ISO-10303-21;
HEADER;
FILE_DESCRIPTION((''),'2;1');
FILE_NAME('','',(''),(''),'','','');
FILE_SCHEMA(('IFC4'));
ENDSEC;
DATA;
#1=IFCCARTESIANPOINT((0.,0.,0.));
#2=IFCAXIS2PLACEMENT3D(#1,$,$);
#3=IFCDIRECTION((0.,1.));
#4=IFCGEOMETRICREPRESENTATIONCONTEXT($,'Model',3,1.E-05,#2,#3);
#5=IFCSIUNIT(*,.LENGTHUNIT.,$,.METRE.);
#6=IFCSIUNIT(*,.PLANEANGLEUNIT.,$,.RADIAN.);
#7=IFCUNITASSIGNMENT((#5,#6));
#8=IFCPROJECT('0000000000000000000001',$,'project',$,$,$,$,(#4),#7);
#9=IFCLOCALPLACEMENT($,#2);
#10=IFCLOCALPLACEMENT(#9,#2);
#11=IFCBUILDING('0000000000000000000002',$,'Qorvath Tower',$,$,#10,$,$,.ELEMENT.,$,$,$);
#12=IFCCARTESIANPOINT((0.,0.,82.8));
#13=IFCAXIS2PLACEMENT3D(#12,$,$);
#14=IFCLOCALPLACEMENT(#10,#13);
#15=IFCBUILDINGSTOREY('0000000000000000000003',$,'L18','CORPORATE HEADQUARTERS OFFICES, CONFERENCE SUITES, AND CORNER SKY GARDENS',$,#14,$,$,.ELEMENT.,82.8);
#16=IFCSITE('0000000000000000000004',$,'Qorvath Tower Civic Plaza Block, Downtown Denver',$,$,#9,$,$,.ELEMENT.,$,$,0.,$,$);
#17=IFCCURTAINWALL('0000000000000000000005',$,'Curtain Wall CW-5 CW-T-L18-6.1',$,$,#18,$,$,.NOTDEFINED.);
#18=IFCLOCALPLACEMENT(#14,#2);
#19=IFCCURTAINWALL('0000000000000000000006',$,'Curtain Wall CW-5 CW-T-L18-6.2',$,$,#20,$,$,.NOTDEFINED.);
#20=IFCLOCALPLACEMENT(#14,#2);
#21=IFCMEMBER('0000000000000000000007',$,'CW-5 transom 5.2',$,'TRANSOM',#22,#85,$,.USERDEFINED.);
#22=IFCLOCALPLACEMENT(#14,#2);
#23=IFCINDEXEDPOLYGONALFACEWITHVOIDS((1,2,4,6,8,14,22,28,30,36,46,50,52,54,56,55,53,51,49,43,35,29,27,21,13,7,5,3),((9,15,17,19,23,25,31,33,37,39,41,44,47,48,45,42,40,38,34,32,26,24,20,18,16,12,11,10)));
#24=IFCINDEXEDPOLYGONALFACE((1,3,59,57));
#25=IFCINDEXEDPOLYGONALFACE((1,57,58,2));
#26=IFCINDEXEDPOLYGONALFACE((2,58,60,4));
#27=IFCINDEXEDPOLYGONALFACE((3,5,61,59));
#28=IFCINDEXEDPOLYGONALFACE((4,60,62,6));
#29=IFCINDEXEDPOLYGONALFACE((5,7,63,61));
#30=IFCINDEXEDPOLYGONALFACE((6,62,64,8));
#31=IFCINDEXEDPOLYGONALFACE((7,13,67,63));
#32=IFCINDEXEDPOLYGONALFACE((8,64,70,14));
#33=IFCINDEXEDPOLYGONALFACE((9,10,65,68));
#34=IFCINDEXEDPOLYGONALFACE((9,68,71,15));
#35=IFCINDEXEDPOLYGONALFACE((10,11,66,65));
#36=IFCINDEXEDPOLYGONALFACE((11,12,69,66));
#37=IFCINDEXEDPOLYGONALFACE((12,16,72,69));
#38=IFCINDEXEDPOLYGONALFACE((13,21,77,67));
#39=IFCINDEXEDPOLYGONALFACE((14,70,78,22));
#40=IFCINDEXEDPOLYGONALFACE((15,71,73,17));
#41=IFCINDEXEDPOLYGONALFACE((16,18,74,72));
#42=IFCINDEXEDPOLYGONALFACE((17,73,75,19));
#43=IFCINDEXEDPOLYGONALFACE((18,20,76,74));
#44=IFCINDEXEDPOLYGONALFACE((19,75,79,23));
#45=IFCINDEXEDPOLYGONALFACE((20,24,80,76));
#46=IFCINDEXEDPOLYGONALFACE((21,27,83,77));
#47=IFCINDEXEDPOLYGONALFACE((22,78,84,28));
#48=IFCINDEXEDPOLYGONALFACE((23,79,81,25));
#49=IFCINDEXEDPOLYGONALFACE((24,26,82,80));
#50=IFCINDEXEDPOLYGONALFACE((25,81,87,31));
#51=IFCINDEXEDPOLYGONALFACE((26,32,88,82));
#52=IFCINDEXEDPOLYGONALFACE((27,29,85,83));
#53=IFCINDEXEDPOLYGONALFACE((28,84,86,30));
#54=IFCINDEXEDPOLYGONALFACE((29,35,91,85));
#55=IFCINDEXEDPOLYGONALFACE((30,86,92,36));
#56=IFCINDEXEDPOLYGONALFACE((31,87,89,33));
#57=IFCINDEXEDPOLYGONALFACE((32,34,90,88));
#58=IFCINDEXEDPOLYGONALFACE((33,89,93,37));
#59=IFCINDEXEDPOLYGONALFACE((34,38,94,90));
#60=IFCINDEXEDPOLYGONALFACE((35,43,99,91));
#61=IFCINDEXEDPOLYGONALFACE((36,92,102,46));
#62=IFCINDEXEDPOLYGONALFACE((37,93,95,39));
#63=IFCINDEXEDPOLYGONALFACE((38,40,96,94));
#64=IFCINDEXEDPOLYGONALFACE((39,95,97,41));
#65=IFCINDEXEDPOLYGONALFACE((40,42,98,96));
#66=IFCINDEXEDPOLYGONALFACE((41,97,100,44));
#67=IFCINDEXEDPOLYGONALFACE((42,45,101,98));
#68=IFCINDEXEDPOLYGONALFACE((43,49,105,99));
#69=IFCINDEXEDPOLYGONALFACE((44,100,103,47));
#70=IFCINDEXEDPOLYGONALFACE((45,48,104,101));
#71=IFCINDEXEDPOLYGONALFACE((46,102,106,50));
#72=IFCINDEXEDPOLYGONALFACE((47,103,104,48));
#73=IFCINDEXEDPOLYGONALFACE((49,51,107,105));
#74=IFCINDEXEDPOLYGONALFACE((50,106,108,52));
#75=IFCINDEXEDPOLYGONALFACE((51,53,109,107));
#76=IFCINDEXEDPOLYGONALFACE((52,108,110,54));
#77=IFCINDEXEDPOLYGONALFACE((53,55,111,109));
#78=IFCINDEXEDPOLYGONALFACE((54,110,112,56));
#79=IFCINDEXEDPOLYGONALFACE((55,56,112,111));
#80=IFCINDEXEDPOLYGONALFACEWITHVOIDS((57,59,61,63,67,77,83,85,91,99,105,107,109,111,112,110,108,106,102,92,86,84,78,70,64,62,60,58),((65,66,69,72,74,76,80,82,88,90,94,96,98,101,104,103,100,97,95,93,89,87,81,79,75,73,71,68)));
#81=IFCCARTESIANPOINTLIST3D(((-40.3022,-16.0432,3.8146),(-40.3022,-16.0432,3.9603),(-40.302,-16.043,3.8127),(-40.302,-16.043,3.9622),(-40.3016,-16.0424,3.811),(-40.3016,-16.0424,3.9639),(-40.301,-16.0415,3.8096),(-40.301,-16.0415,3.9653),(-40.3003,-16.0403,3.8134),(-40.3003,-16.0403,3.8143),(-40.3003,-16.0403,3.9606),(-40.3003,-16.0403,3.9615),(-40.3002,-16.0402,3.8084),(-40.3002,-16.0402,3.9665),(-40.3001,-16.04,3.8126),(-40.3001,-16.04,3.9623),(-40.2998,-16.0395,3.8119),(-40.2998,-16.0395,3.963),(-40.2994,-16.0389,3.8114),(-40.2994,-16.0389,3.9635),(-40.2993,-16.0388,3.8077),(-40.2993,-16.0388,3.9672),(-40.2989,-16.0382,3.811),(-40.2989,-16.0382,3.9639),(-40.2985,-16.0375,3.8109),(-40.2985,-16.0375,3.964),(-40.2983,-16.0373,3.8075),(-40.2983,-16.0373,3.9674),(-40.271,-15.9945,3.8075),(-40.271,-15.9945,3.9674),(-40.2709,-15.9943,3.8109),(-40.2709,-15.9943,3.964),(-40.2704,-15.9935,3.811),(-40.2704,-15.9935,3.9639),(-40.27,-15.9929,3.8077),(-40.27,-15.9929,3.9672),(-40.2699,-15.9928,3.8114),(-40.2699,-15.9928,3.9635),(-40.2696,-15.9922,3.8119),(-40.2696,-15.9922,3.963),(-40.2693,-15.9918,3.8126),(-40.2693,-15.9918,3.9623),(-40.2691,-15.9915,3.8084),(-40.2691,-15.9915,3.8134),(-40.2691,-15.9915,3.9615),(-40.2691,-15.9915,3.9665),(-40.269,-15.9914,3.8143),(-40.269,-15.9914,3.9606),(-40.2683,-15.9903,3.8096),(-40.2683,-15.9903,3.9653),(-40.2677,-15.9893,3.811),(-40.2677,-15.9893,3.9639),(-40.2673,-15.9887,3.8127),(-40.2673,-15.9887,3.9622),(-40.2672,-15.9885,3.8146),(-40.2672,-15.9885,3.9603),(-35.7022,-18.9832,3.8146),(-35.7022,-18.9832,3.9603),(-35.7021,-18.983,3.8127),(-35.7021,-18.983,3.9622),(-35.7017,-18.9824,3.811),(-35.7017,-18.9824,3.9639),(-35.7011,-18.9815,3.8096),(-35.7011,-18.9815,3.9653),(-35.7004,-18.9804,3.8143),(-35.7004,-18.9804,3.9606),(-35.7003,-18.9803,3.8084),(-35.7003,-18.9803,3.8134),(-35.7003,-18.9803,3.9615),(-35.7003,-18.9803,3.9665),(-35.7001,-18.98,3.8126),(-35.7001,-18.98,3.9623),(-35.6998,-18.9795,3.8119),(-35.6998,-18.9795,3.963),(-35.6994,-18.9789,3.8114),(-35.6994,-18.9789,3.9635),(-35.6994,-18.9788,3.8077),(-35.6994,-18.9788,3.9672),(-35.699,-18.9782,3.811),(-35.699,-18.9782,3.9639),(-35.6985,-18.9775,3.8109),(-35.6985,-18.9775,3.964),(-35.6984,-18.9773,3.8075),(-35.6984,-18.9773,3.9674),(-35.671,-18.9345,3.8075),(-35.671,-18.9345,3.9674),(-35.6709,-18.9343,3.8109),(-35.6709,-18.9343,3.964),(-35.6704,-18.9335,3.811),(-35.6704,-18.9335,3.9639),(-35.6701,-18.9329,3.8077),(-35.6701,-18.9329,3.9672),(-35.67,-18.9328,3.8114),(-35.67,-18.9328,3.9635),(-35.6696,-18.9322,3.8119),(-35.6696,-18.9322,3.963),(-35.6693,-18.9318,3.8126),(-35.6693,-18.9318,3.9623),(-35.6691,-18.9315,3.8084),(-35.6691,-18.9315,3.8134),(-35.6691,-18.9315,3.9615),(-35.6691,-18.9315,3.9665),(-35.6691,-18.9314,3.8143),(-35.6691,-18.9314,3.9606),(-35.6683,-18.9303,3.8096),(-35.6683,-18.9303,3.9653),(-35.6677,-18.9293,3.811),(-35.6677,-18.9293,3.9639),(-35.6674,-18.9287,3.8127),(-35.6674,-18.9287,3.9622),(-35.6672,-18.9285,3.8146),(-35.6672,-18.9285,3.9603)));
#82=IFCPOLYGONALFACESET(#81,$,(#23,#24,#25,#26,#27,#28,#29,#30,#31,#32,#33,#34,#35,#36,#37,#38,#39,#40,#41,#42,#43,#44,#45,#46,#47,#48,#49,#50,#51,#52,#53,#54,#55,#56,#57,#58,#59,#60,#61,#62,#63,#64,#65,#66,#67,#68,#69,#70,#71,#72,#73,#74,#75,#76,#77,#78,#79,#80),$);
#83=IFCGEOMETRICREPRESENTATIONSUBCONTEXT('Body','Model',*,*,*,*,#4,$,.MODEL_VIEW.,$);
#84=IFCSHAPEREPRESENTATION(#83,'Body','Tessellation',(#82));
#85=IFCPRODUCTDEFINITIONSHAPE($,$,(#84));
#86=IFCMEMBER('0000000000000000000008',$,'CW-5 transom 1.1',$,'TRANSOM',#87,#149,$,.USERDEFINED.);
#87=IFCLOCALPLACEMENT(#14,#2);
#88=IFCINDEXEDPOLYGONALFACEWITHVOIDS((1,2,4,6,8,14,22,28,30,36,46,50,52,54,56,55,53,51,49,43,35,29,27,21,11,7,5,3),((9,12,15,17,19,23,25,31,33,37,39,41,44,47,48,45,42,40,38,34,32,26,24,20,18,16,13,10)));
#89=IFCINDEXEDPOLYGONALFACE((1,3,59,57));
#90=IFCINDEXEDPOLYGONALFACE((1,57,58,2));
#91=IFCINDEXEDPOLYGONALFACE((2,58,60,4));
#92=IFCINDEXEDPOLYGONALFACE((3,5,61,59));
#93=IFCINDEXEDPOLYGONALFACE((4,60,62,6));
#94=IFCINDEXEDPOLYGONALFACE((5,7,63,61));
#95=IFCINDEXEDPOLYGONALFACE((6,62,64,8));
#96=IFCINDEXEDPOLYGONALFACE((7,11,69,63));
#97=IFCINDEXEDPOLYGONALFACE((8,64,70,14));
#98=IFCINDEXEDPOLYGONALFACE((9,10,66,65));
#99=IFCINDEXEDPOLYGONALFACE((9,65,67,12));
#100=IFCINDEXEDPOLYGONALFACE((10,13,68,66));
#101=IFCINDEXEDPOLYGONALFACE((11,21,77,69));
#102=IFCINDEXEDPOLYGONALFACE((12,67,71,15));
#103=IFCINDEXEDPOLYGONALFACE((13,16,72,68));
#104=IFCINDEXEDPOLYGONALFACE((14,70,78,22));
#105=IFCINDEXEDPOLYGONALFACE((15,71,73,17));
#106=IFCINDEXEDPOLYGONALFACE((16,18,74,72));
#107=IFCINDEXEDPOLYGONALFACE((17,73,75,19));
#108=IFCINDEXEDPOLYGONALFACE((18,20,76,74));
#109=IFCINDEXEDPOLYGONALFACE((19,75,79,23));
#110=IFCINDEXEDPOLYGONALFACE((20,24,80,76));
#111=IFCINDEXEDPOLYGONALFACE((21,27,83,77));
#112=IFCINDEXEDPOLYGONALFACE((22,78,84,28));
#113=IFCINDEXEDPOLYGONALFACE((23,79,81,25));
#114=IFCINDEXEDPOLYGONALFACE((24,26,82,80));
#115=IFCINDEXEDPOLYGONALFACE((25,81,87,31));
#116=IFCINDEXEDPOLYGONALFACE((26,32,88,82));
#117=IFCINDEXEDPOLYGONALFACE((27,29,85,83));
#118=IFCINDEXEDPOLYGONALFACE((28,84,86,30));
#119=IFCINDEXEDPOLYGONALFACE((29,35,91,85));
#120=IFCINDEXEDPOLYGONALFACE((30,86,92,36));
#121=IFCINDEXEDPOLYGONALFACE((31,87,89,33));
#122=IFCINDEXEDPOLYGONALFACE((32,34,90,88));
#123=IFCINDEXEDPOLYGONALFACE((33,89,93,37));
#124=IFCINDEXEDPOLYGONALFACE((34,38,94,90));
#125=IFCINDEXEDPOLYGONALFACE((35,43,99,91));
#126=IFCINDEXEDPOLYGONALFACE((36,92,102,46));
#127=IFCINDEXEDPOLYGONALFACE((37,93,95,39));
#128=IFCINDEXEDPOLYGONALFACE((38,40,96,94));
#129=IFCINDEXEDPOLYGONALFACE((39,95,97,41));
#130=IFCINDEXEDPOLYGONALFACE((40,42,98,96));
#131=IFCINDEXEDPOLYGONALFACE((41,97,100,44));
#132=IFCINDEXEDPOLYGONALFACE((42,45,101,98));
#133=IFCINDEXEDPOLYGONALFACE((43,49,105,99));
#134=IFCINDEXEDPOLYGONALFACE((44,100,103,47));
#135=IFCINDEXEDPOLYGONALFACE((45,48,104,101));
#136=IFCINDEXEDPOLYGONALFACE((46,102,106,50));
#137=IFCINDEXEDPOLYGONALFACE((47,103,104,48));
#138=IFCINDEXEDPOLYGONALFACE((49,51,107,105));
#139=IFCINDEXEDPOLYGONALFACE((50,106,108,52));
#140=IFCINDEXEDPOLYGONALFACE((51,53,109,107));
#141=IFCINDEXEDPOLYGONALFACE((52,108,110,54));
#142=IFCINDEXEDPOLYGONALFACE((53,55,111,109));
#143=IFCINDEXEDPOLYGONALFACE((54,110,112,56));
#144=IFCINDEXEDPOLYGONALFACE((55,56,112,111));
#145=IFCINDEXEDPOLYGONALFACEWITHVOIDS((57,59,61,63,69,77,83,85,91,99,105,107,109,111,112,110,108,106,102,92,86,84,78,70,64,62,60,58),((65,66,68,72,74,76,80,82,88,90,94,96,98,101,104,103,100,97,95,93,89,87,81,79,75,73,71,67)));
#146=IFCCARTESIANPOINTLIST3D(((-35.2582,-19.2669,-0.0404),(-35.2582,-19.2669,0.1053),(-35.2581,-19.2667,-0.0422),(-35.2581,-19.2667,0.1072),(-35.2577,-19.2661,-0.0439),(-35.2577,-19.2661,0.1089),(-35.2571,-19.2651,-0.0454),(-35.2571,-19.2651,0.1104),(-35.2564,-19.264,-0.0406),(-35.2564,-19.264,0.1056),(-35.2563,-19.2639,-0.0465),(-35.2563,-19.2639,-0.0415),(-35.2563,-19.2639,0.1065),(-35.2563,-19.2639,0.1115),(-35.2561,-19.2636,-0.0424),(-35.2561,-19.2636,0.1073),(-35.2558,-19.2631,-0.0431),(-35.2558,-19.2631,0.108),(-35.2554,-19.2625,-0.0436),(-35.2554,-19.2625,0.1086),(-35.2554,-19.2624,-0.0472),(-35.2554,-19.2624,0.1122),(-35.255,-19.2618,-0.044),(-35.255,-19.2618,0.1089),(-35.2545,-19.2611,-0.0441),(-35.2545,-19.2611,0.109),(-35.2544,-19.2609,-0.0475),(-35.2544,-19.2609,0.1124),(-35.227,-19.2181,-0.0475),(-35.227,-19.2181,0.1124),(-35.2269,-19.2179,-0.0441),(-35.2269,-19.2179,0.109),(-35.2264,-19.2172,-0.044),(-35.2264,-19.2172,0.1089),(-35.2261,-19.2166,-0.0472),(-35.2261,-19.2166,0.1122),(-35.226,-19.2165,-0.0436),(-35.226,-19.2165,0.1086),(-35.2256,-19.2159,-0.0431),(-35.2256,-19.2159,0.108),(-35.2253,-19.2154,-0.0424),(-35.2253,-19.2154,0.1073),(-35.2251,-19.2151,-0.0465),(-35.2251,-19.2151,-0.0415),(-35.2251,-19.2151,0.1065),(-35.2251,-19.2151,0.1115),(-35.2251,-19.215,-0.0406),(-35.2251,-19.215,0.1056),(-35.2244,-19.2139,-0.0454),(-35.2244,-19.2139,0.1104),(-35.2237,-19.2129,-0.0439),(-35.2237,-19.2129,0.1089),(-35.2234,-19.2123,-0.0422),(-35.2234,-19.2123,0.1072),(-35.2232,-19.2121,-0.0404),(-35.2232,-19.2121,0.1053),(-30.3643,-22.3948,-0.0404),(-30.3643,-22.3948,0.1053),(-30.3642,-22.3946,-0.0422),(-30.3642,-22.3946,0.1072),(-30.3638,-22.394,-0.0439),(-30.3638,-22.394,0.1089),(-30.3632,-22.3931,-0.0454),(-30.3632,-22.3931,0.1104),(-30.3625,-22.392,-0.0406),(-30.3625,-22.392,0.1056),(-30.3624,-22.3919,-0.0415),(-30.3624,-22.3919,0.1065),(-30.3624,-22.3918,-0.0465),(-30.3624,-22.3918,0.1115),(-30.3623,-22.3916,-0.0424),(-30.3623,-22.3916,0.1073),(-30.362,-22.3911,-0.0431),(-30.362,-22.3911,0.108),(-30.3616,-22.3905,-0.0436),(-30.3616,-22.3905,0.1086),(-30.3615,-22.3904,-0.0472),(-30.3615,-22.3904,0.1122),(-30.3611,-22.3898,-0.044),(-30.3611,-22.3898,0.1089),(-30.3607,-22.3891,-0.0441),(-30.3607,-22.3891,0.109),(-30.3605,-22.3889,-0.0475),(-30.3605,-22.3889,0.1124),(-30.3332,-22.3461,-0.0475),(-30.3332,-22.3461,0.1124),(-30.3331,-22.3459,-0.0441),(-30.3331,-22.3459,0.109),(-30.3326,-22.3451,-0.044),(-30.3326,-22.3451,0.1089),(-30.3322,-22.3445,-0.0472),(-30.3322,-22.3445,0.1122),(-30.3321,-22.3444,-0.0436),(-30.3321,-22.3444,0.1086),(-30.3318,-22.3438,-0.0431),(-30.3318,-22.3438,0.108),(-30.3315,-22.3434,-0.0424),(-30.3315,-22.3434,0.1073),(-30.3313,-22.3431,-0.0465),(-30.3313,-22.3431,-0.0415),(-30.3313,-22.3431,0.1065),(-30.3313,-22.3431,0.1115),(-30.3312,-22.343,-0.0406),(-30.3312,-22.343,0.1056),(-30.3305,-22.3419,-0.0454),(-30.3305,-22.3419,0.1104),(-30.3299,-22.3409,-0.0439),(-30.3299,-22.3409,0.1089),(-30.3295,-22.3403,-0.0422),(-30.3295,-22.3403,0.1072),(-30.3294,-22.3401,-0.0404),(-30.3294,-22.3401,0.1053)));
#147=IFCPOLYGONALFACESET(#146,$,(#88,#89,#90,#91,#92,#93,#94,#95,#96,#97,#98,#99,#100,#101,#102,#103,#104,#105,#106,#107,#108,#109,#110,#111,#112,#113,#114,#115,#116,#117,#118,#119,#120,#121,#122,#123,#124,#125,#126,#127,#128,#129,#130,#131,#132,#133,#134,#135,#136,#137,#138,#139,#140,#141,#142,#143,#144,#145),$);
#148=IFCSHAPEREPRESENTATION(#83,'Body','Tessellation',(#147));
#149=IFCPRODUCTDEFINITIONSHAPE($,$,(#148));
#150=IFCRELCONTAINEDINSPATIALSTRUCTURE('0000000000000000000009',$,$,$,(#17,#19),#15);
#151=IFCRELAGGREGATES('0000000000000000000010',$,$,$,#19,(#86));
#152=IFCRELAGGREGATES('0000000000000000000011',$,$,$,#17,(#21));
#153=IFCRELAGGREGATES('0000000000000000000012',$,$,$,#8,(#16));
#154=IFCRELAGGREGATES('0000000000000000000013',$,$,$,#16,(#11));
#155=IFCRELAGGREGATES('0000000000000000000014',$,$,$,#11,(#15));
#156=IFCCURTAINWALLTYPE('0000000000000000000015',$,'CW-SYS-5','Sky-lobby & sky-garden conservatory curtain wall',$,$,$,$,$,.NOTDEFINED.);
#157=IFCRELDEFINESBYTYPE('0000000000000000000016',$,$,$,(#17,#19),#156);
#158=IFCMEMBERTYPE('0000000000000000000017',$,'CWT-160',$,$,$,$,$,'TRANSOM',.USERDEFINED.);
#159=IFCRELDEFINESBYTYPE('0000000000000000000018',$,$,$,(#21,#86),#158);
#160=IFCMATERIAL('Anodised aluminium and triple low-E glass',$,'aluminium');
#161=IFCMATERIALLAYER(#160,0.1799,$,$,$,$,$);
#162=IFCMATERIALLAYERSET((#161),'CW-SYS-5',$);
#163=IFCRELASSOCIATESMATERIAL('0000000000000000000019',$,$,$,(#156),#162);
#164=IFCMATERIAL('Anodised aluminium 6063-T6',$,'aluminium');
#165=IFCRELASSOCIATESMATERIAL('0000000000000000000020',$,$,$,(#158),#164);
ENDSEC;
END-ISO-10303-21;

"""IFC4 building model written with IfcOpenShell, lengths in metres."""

from ifc_helpers import new_model, si_unit, direction, frame, origin, origin_2d, place, context, subcontext, project, spatial, hollow_rectangle, extrude, material, layer, layer_set, material_profile, profile_set, type_object, element, aggregate, save


model = new_model("IFC4")

# Units and contexts
model_context = context("Model", 3, precision=1e-05, world=origin(), true_north=direction((0.0, 1.0)))
body_context = subcontext(model_context, "Body", "Model", "MODEL_VIEW")
ifc_project = project(units=[si_unit("LENGTHUNIT", "METRE"), si_unit("PLANEANGLEUNIT", "RADIAN")], contexts=[model_context])

# Site, building, storey
site_placement = place(None, origin())
site = spatial("IfcSite", under=ifc_project, at=site_placement, Name="Qorvath Tower Civic Plaza Block, Downtown Denver", CompositionType="ELEMENT", RefElevation=0.0)
building_placement = place(site_placement, origin())
building = spatial("IfcBuilding", under=site, at=building_placement, Name="Qorvath Tower", CompositionType="ELEMENT")
storey_placement = place(building_placement, frame((0.0, 0.0, 82.8)))
storey = spatial("IfcBuildingStorey", under=building, at=storey_placement, Name="L18", Description="CORPORATE HEADQUARTERS OFFICES, CONFERENCE SUITES, AND CORNER SKY GARDENS", CompositionType="ELEMENT", Elevation=82.8)

# Curtain wall
ifc_material_1 = material(Name="Anodised aluminium and triple low-E glass", Category="aluminium")
ifc_layer_1 = layer(ifc_material_1, 0.1799)
ifc_layer_set_1 = layer_set([ifc_layer_1], Name="CW-SYS-5")
curtain_wall_type = type_object("IfcCurtainWallType", Name="CW-SYS-5", Description="Sky-lobby & sky-garden conservatory curtain wall", PredefinedType="NOTDEFINED", material=ifc_layer_set_1)
curtain_wall_1_placement = place(storey_placement, origin())
curtain_wall_1 = element("IfcCurtainWall", 1, at=curtain_wall_1_placement, inside=storey, type_object=curtain_wall_type, Name="Curtain Wall CW-5 CW-T-L18-6.1", PredefinedType="NOTDEFINED")

# Curtain wall
curtain_wall_2_placement = place(storey_placement, origin())
curtain_wall_2 = element("IfcCurtainWall", 2, at=curtain_wall_2_placement, inside=storey, type_object=curtain_wall_type, Name="Curtain Wall CW-5 CW-T-L18-6.2", PredefinedType="NOTDEFINED")

# Members
ifc_material_2 = material(Name="Anodised aluminium 6063-T6", Category="aluminium")
ifc_material_profile_1 = material_profile(ifc_material_2, hollow_rectangle(XDim=0.0649, YDim=0.1599, WallThickness=0.0034, InnerFilletRadius=0.0034, OuterFilletRadius=0.0071, at=origin_2d()), Name="CWT 160x65")
ifc_profile_set_1 = profile_set([ifc_material_profile_1], Name="Anodised aluminium 6063-T6")
member_type_1 = type_object("IfcMemberType", Name="CWT-160", ElementType="TRANSOM", PredefinedType="USERDEFINED", material=ifc_profile_set_1)
member_1_placement = place(storey_placement, frame((-40.2847, -16.0159, 3.8875), z_axis=(0.842601, -0.538538, 0.0), x_axis=(0.538538, 0.842601, 0.0)))
member_1 = element("IfcMember", 3, at=member_1_placement, type_object=member_type_1, Name="CW-5 transom 5.2", ObjectType="TRANSOM", PredefinedType="USERDEFINED", context=body_context, shape_type="SweptSolid", body=[
    extrude(hollow_rectangle(XDim=0.0649, YDim=0.1599, WallThickness=0.0034, InnerFilletRadius=0.0034, OuterFilletRadius=0.0071, at=origin_2d()), origin(), (0.0, 0.0, 1.0), 5.4592),
])
member_2_placement = place(storey_placement, frame((-35.2407, -19.2395, 0.0325), z_axis=(0.842592, -0.538553, 0.0), x_axis=(0.538553, 0.842592, 0.0)))
member_2 = element("IfcMember", 4, at=member_2_placement, type_object=member_type_1, Name="CW-5 transom 1.1", ObjectType="TRANSOM", PredefinedType="USERDEFINED", context=body_context, shape_type="SweptSolid", body=[
    extrude(hollow_rectangle(XDim=0.0649, YDim=0.1599, WallThickness=0.0034, InnerFilletRadius=0.0034, OuterFilletRadius=0.0071, at=origin_2d()), origin(), (0.0, 0.0, 1.0), 5.8081),
])
aggregate(curtain_wall_2, [member_2])

aggregate(curtain_wall_1, [member_1])

save(model, "model.ifc")
